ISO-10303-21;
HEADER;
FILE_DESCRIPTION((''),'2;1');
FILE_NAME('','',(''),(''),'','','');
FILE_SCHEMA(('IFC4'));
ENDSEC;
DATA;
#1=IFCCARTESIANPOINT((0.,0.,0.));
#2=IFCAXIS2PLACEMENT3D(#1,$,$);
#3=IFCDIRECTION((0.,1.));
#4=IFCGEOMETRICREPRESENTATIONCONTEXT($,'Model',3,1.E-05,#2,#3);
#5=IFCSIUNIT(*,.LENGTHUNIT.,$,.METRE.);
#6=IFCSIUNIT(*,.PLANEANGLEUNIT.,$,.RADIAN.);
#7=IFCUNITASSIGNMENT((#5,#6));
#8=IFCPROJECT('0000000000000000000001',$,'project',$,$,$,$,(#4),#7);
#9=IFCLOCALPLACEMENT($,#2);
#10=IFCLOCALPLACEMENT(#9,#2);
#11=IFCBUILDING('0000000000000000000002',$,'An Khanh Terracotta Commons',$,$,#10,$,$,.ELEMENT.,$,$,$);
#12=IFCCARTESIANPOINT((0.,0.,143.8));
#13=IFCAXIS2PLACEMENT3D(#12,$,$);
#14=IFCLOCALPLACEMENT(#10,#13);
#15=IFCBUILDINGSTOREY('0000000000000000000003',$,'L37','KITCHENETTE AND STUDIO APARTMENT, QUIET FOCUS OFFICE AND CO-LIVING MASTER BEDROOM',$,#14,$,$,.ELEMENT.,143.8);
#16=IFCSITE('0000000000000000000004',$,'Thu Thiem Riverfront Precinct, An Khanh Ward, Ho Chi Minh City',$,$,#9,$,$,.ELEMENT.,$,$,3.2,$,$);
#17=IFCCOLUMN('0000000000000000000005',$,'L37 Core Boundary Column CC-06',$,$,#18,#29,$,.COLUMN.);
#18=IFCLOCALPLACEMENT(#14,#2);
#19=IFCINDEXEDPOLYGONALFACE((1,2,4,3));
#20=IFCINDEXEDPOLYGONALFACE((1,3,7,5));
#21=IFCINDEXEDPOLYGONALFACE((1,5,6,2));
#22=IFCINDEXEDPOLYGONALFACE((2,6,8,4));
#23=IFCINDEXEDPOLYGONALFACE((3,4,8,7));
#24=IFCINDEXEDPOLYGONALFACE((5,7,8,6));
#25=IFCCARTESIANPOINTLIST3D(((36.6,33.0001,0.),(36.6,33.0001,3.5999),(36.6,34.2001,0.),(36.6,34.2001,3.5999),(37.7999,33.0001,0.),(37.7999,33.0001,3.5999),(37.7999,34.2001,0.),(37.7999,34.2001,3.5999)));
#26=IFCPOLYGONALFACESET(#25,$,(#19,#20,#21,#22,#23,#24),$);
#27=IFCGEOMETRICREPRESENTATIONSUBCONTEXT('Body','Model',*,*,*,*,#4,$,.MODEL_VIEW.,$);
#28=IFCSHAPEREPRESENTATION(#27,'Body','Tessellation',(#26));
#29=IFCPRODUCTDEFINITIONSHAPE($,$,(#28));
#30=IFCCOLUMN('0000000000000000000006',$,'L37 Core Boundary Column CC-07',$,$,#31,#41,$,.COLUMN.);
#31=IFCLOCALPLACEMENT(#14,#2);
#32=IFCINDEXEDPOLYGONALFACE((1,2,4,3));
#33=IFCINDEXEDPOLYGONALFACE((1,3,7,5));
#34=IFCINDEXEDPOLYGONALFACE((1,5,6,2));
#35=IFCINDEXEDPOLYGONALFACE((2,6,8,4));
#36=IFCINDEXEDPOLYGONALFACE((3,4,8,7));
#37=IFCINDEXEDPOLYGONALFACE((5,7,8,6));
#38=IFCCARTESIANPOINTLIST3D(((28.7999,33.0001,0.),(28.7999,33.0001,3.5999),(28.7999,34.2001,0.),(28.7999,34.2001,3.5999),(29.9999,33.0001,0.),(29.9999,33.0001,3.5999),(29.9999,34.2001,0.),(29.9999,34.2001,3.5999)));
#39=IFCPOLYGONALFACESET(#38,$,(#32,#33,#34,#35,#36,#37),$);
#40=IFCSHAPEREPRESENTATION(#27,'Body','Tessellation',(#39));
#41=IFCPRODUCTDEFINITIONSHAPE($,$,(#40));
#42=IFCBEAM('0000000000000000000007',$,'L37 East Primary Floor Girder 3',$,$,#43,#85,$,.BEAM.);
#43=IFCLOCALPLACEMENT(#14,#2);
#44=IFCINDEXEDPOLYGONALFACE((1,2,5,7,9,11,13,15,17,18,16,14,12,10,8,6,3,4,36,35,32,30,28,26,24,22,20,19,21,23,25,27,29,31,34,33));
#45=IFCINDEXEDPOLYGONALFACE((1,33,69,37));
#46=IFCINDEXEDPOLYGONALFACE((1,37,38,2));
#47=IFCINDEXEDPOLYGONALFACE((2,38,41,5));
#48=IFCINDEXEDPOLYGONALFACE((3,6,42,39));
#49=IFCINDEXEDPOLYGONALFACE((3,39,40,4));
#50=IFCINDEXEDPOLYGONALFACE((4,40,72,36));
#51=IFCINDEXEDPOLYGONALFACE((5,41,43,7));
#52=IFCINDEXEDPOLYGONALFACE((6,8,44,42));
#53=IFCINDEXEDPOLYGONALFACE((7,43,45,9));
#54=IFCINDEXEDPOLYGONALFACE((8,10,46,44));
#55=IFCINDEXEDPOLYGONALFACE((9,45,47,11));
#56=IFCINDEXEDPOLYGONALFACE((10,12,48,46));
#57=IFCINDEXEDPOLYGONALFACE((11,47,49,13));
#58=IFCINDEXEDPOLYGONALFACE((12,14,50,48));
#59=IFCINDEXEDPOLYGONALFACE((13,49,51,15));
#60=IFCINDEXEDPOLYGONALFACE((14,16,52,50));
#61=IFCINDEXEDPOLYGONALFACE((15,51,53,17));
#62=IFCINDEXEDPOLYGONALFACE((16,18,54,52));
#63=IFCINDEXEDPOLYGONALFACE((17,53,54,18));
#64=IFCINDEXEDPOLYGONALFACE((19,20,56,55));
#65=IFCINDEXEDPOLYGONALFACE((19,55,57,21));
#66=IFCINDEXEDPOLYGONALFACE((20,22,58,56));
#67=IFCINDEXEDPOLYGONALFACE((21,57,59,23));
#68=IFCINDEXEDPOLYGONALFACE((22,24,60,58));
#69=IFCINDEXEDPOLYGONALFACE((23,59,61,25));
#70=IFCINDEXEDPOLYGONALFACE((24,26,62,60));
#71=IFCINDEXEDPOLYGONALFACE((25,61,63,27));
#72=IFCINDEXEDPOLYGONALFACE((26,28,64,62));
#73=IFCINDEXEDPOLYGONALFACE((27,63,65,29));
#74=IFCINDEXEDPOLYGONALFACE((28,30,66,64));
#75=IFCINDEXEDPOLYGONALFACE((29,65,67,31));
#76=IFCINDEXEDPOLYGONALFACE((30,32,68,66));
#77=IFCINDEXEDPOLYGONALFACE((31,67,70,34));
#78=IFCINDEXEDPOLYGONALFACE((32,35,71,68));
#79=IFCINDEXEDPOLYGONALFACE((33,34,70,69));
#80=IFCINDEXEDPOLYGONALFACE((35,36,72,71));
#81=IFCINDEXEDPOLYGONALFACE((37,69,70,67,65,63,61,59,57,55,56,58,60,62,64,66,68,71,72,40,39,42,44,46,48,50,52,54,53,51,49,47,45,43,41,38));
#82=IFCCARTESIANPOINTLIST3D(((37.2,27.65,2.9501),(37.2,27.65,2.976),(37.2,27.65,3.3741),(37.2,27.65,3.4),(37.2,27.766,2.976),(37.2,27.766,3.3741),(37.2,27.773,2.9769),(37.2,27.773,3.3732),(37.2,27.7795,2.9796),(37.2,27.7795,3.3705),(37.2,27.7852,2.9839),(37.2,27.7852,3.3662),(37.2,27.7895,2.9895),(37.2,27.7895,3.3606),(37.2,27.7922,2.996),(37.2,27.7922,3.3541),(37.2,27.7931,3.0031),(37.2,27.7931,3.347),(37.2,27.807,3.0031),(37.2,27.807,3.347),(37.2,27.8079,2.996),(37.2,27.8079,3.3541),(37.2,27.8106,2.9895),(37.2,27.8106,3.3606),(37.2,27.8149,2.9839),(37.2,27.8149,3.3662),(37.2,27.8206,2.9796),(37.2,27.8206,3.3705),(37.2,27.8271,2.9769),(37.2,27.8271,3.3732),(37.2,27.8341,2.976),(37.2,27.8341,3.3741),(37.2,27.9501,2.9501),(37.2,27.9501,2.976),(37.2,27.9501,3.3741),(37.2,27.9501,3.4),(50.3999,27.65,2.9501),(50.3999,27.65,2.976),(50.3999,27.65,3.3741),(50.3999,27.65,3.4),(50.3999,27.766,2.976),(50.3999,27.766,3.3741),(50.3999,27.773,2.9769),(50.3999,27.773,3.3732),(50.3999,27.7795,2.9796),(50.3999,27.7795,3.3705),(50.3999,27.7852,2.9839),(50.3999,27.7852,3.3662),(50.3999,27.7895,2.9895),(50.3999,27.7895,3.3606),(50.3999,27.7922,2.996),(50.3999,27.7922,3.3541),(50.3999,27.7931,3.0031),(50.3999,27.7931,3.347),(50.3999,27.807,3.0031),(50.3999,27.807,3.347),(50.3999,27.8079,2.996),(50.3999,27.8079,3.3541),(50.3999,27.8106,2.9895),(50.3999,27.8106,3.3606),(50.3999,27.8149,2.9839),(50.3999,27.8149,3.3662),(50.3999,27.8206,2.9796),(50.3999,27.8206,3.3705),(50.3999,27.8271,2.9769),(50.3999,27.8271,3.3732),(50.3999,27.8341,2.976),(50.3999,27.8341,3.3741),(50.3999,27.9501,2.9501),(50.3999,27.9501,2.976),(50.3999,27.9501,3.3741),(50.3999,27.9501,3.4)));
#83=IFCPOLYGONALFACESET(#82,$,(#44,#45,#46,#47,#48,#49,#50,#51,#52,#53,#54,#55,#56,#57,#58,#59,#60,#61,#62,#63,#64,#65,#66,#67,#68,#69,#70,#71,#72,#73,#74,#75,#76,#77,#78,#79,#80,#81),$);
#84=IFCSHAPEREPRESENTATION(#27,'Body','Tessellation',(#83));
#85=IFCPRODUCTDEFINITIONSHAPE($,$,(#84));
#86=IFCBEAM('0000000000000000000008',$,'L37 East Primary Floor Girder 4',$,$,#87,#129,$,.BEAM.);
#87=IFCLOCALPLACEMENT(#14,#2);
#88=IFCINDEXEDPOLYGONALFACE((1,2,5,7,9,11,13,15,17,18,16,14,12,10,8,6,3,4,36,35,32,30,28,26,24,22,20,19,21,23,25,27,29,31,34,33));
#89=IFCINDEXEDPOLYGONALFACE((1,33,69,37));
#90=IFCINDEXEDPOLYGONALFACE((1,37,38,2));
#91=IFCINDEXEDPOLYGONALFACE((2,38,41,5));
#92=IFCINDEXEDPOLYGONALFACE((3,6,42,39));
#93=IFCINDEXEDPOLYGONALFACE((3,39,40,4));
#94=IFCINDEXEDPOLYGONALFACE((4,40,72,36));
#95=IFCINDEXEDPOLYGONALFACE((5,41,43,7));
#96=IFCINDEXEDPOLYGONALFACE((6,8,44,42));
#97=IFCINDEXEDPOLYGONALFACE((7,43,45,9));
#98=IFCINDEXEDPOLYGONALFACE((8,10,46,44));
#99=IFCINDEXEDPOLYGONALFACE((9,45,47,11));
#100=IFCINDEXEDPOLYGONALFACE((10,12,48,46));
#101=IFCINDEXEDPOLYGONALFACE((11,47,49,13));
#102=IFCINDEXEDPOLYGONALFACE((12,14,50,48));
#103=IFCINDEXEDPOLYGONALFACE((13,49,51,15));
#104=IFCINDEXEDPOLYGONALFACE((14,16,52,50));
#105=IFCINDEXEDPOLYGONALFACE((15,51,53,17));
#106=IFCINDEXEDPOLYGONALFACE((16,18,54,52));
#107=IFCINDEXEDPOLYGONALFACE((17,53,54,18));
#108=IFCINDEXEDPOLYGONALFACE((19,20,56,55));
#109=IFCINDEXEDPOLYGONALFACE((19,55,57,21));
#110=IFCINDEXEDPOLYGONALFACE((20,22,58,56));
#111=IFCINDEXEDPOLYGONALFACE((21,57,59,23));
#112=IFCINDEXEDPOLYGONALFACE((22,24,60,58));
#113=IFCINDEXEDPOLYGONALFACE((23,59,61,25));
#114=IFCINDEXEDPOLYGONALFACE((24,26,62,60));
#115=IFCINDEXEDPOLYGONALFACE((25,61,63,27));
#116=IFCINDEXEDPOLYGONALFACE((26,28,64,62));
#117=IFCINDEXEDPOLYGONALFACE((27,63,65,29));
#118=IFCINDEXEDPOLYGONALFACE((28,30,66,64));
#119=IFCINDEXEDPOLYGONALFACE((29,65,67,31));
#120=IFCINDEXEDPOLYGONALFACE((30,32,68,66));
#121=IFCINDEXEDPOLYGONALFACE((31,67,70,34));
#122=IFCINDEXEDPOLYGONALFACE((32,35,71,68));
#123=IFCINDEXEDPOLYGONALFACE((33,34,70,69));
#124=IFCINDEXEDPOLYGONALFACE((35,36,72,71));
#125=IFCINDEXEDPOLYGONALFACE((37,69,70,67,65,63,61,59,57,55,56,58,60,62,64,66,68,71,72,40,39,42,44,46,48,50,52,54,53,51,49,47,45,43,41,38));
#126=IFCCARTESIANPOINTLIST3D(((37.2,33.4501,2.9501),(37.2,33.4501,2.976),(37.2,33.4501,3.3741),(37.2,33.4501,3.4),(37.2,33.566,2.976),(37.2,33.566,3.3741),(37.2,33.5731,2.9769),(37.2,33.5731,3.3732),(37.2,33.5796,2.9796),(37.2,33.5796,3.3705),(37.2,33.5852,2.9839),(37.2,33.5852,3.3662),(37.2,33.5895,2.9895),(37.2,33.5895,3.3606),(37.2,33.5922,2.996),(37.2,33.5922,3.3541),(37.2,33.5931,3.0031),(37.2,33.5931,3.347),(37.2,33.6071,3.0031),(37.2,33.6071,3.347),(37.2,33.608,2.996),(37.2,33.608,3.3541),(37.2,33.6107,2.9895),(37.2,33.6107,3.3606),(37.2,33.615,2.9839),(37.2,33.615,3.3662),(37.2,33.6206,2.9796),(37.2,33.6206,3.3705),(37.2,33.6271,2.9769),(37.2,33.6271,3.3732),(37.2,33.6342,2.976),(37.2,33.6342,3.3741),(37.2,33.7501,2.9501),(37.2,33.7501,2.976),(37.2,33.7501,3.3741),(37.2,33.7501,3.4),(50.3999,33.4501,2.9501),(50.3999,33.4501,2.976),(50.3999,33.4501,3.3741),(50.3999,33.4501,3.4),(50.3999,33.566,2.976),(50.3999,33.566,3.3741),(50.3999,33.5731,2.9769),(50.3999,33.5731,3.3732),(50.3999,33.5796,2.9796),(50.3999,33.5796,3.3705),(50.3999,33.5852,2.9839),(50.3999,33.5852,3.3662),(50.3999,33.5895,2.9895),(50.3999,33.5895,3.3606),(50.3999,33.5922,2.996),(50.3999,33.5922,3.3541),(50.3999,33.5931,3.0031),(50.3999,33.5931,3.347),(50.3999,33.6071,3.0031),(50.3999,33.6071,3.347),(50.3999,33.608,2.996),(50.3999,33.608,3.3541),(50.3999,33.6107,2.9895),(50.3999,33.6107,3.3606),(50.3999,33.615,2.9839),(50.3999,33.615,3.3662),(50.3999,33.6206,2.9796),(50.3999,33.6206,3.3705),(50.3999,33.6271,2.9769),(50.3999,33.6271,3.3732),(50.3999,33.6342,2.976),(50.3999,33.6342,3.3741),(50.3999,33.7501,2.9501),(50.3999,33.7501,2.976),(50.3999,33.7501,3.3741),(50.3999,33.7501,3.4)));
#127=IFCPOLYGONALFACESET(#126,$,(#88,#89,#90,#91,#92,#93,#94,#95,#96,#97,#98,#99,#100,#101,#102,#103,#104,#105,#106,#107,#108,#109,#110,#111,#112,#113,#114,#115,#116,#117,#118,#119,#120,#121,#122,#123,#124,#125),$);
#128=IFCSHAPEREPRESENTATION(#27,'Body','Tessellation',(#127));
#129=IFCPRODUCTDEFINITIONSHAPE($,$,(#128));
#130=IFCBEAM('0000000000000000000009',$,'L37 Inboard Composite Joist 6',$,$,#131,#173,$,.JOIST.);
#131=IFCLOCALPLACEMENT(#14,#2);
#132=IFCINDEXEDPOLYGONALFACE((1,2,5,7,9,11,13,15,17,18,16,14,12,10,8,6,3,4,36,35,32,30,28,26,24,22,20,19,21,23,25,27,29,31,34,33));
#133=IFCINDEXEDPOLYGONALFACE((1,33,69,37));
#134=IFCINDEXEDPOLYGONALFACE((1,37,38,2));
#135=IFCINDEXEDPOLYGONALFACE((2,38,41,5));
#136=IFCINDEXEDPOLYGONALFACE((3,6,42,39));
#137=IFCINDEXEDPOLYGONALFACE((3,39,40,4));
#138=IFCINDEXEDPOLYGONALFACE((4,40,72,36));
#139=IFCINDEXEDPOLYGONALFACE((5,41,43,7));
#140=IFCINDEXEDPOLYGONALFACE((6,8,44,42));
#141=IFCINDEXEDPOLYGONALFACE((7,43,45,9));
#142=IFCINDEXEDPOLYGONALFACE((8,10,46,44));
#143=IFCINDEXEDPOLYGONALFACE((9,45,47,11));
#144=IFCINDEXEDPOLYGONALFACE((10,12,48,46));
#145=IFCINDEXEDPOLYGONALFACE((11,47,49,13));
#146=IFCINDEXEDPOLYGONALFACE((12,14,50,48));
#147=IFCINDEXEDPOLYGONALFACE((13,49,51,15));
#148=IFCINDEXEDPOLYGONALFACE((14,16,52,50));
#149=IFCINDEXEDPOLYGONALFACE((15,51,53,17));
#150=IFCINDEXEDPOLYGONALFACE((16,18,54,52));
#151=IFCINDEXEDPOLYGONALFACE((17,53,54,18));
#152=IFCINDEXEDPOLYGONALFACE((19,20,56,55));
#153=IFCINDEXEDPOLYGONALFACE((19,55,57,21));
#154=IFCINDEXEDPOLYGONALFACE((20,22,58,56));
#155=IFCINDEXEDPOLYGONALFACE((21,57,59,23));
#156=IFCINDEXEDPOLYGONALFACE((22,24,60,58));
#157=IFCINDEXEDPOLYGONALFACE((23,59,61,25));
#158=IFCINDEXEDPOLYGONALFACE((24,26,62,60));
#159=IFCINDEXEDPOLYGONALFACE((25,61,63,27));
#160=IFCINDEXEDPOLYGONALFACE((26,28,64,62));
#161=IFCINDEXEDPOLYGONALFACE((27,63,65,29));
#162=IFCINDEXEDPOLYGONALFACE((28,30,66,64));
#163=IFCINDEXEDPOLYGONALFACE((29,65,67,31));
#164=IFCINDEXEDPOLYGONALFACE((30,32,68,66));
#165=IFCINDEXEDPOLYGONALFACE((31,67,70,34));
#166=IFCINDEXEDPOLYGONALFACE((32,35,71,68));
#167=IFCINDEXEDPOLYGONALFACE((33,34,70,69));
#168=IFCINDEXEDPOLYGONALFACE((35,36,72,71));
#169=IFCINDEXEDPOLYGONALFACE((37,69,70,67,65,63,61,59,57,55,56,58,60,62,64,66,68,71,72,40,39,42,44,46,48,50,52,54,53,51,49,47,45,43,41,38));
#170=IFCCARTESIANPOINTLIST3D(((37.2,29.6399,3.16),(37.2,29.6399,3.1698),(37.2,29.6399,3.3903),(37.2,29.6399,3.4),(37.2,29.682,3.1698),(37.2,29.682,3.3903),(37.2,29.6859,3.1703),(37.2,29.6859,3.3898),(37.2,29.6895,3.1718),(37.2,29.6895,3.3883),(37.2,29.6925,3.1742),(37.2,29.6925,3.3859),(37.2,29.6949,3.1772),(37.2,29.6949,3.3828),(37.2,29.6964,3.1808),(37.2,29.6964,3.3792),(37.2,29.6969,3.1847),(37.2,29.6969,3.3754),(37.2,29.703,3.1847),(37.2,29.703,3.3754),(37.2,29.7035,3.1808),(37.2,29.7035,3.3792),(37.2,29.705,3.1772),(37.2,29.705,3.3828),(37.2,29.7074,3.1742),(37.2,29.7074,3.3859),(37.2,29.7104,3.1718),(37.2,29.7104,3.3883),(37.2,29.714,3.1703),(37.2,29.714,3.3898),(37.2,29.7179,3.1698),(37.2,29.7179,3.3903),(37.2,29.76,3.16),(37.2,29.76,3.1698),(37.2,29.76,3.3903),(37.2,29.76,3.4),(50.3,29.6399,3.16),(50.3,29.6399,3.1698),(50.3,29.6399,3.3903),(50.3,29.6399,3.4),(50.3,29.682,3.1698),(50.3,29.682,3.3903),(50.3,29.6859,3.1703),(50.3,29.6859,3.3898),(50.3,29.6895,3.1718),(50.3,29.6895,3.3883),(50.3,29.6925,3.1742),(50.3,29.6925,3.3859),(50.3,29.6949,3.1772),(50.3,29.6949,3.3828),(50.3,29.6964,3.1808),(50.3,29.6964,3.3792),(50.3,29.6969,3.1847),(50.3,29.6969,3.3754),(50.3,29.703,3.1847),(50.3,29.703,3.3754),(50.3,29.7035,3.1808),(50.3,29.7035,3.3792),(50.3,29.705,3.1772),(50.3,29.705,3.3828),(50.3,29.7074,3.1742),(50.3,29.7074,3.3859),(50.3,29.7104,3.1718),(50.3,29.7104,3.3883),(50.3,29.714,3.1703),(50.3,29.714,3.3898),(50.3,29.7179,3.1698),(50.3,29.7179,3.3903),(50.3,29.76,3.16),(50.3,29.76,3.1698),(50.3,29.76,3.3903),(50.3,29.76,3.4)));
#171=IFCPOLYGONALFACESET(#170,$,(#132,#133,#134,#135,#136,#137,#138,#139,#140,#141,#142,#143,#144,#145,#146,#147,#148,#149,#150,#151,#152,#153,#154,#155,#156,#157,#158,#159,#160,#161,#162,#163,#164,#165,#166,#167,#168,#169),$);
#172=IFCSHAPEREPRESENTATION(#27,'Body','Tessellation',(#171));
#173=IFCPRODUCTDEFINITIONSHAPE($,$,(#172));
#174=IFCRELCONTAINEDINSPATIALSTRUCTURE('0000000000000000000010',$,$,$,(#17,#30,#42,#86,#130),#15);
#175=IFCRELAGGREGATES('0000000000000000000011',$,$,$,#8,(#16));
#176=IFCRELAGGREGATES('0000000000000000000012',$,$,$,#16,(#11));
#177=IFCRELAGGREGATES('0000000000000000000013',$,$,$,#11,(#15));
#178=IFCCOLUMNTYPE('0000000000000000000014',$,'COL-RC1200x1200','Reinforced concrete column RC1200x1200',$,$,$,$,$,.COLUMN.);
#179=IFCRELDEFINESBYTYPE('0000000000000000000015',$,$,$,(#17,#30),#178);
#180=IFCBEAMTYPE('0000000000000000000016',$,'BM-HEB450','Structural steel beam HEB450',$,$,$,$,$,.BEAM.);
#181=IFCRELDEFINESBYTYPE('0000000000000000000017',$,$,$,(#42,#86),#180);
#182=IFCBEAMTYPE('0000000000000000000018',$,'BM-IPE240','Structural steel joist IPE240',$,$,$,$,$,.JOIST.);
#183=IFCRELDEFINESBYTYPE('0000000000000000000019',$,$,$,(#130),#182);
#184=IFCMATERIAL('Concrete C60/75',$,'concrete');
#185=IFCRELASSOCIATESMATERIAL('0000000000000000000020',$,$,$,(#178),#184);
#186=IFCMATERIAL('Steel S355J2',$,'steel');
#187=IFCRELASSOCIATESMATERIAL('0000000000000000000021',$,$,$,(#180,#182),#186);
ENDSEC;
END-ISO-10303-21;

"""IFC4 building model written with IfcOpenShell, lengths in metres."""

from ifc_helpers import new_model, si_unit, direction, frame, origin, origin_2d, place, context, subcontext, project, spatial, rectangle, i_section, extrude, material, material_profile, profile_set, type_object, element, save


model = new_model("IFC4")

# Units and contexts
model_context = context("Model", 3, precision=1e-05, world=origin(), true_north=direction((0.0, 1.0)))
body_context = subcontext(model_context, "Body", "Model", "MODEL_VIEW")
ifc_project = project(units=[si_unit("LENGTHUNIT", "METRE"), si_unit("PLANEANGLEUNIT", "RADIAN")], contexts=[model_context])

# Site, building, storey
site_placement = place(None, origin())
site = spatial("IfcSite", under=ifc_project, at=site_placement, Name="Thu Thiem Riverfront Precinct, An Khanh Ward, Ho Chi Minh City", CompositionType="ELEMENT", RefElevation=3.2)
building_placement = place(site_placement, origin())
building = spatial("IfcBuilding", under=site, at=building_placement, Name="An Khanh Terracotta Commons", CompositionType="ELEMENT")
storey_placement = place(building_placement, frame((0.0, 0.0, 143.8)))
storey = spatial("IfcBuildingStorey", under=building, at=storey_placement, Name="L37", Description="KITCHENETTE AND STUDIO APARTMENT, QUIET FOCUS OFFICE AND CO-LIVING MASTER BEDROOM", CompositionType="ELEMENT", Elevation=143.8)

# Columns
ifc_material_1 = material(Name="Concrete C60/75", Category="concrete")
ifc_material_profile_1 = material_profile(ifc_material_1, rectangle(XDim=1.2, YDim=1.2, at=origin_2d()), Name="RC1200x1200")
ifc_profile_set_1 = profile_set([ifc_material_profile_1], Name="Concrete C60/75")
column_type = type_object("IfcColumnType", Name="COL-RC1200x1200", Description="Reinforced concrete column RC1200x1200", PredefinedType="COLUMN", material=ifc_profile_set_1)
for number, where, z_axis, x_axis, name in (
    (1, (37.2, 33.6001, 0.0), (0.0, 0.0, 1.0), (1.0, 0.0, 0.0), "L37 Core Boundary Column CC-06"),
    (2, (29.3999, 33.6001, 0.0), (0.0, 0.0, 1.0), (1.0, 0.0, 0.0), "L37 Core Boundary Column CC-07"),
):
    element("IfcColumn", number, at=place(storey_placement, frame(where, z_axis=z_axis, x_axis=x_axis)), inside=storey, type_object=column_type, Name=name, PredefinedType="COLUMN", context=body_context, shape_type="SweptSolid", body=[
        extrude(rectangle(XDim=1.2, YDim=1.2, at=origin_2d()), origin(), (0.0, 0.0, 1.0), 3.5999),
    ])

# Beams
ifc_material_2 = material(Name="Steel S355J2", Category="steel")
ifc_material_profile_2 = material_profile(ifc_material_2, i_section(OverallWidth=0.3, OverallDepth=0.45, WebThickness=0.0139, FlangeThickness=0.0259, FilletRadius=0.0271, at=origin_2d()), Name="HEB450")
ifc_profile_set_2 = profile_set([ifc_material_profile_2], Name="Steel S355J2")
beam_type_1 = type_object("IfcBeamType", Name="BM-HEB450", Description="Structural steel beam HEB450", PredefinedType="BEAM", material=ifc_profile_set_2)
for number, where, z_axis, x_axis, name in (
    (3, (37.2, 27.8, 3.175), (1.0, 0.0, 0.0), (0.0, 1.0, 0.0), "L37 East Primary Floor Girder 3"),
    (4, (37.2, 33.6001, 3.175), (1.0, 0.0, 0.0), (0.0, 1.0, 0.0), "L37 East Primary Floor Girder 4"),
):
    element("IfcBeam", number, at=place(storey_placement, frame(where, z_axis=z_axis, x_axis=x_axis)), inside=storey, type_object=beam_type_1, Name=name, PredefinedType="BEAM", context=body_context, shape_type="SweptSolid", body=[
        extrude(i_section(OverallWidth=0.3, OverallDepth=0.45, WebThickness=0.0139, FlangeThickness=0.0259, FilletRadius=0.0271, at=origin_2d()), origin(), (0.0, 0.0, 1.0), 13.2),
    ])
ifc_material_profile_3 = material_profile(ifc_material_2, i_section(OverallWidth=0.1201, OverallDepth=0.24, WebThickness=0.0061, FlangeThickness=0.0098, FilletRadius=0.0149, at=origin_2d()), Name="IPE240")
ifc_profile_set_3 = profile_set([ifc_material_profile_3], Name="Steel S355J2")
beam_type_2 = type_object("IfcBeamType", Name="BM-IPE240", Description="Structural steel joist IPE240", PredefinedType="JOIST", material=ifc_profile_set_3)
for number, where, z_axis, x_axis, name in (
    (5, (37.2, 29.7, 3.28), (1.0, 0.0, 0.0), (0.0, 1.0, 0.0), "L37 Inboard Composite Joist 6"),
):
    element("IfcBeam", number, at=place(storey_placement, frame(where, z_axis=z_axis, x_axis=x_axis)), inside=storey, type_object=beam_type_2, Name=name, PredefinedType="JOIST", context=body_context, shape_type="SweptSolid", body=[
        extrude(i_section(OverallWidth=0.1201, OverallDepth=0.24, WebThickness=0.0061, FlangeThickness=0.0098, FilletRadius=0.0149, at=origin_2d()), origin(), (0.0, 0.0, 1.0), 13.1001),
    ])

save(model, "model.ifc")
